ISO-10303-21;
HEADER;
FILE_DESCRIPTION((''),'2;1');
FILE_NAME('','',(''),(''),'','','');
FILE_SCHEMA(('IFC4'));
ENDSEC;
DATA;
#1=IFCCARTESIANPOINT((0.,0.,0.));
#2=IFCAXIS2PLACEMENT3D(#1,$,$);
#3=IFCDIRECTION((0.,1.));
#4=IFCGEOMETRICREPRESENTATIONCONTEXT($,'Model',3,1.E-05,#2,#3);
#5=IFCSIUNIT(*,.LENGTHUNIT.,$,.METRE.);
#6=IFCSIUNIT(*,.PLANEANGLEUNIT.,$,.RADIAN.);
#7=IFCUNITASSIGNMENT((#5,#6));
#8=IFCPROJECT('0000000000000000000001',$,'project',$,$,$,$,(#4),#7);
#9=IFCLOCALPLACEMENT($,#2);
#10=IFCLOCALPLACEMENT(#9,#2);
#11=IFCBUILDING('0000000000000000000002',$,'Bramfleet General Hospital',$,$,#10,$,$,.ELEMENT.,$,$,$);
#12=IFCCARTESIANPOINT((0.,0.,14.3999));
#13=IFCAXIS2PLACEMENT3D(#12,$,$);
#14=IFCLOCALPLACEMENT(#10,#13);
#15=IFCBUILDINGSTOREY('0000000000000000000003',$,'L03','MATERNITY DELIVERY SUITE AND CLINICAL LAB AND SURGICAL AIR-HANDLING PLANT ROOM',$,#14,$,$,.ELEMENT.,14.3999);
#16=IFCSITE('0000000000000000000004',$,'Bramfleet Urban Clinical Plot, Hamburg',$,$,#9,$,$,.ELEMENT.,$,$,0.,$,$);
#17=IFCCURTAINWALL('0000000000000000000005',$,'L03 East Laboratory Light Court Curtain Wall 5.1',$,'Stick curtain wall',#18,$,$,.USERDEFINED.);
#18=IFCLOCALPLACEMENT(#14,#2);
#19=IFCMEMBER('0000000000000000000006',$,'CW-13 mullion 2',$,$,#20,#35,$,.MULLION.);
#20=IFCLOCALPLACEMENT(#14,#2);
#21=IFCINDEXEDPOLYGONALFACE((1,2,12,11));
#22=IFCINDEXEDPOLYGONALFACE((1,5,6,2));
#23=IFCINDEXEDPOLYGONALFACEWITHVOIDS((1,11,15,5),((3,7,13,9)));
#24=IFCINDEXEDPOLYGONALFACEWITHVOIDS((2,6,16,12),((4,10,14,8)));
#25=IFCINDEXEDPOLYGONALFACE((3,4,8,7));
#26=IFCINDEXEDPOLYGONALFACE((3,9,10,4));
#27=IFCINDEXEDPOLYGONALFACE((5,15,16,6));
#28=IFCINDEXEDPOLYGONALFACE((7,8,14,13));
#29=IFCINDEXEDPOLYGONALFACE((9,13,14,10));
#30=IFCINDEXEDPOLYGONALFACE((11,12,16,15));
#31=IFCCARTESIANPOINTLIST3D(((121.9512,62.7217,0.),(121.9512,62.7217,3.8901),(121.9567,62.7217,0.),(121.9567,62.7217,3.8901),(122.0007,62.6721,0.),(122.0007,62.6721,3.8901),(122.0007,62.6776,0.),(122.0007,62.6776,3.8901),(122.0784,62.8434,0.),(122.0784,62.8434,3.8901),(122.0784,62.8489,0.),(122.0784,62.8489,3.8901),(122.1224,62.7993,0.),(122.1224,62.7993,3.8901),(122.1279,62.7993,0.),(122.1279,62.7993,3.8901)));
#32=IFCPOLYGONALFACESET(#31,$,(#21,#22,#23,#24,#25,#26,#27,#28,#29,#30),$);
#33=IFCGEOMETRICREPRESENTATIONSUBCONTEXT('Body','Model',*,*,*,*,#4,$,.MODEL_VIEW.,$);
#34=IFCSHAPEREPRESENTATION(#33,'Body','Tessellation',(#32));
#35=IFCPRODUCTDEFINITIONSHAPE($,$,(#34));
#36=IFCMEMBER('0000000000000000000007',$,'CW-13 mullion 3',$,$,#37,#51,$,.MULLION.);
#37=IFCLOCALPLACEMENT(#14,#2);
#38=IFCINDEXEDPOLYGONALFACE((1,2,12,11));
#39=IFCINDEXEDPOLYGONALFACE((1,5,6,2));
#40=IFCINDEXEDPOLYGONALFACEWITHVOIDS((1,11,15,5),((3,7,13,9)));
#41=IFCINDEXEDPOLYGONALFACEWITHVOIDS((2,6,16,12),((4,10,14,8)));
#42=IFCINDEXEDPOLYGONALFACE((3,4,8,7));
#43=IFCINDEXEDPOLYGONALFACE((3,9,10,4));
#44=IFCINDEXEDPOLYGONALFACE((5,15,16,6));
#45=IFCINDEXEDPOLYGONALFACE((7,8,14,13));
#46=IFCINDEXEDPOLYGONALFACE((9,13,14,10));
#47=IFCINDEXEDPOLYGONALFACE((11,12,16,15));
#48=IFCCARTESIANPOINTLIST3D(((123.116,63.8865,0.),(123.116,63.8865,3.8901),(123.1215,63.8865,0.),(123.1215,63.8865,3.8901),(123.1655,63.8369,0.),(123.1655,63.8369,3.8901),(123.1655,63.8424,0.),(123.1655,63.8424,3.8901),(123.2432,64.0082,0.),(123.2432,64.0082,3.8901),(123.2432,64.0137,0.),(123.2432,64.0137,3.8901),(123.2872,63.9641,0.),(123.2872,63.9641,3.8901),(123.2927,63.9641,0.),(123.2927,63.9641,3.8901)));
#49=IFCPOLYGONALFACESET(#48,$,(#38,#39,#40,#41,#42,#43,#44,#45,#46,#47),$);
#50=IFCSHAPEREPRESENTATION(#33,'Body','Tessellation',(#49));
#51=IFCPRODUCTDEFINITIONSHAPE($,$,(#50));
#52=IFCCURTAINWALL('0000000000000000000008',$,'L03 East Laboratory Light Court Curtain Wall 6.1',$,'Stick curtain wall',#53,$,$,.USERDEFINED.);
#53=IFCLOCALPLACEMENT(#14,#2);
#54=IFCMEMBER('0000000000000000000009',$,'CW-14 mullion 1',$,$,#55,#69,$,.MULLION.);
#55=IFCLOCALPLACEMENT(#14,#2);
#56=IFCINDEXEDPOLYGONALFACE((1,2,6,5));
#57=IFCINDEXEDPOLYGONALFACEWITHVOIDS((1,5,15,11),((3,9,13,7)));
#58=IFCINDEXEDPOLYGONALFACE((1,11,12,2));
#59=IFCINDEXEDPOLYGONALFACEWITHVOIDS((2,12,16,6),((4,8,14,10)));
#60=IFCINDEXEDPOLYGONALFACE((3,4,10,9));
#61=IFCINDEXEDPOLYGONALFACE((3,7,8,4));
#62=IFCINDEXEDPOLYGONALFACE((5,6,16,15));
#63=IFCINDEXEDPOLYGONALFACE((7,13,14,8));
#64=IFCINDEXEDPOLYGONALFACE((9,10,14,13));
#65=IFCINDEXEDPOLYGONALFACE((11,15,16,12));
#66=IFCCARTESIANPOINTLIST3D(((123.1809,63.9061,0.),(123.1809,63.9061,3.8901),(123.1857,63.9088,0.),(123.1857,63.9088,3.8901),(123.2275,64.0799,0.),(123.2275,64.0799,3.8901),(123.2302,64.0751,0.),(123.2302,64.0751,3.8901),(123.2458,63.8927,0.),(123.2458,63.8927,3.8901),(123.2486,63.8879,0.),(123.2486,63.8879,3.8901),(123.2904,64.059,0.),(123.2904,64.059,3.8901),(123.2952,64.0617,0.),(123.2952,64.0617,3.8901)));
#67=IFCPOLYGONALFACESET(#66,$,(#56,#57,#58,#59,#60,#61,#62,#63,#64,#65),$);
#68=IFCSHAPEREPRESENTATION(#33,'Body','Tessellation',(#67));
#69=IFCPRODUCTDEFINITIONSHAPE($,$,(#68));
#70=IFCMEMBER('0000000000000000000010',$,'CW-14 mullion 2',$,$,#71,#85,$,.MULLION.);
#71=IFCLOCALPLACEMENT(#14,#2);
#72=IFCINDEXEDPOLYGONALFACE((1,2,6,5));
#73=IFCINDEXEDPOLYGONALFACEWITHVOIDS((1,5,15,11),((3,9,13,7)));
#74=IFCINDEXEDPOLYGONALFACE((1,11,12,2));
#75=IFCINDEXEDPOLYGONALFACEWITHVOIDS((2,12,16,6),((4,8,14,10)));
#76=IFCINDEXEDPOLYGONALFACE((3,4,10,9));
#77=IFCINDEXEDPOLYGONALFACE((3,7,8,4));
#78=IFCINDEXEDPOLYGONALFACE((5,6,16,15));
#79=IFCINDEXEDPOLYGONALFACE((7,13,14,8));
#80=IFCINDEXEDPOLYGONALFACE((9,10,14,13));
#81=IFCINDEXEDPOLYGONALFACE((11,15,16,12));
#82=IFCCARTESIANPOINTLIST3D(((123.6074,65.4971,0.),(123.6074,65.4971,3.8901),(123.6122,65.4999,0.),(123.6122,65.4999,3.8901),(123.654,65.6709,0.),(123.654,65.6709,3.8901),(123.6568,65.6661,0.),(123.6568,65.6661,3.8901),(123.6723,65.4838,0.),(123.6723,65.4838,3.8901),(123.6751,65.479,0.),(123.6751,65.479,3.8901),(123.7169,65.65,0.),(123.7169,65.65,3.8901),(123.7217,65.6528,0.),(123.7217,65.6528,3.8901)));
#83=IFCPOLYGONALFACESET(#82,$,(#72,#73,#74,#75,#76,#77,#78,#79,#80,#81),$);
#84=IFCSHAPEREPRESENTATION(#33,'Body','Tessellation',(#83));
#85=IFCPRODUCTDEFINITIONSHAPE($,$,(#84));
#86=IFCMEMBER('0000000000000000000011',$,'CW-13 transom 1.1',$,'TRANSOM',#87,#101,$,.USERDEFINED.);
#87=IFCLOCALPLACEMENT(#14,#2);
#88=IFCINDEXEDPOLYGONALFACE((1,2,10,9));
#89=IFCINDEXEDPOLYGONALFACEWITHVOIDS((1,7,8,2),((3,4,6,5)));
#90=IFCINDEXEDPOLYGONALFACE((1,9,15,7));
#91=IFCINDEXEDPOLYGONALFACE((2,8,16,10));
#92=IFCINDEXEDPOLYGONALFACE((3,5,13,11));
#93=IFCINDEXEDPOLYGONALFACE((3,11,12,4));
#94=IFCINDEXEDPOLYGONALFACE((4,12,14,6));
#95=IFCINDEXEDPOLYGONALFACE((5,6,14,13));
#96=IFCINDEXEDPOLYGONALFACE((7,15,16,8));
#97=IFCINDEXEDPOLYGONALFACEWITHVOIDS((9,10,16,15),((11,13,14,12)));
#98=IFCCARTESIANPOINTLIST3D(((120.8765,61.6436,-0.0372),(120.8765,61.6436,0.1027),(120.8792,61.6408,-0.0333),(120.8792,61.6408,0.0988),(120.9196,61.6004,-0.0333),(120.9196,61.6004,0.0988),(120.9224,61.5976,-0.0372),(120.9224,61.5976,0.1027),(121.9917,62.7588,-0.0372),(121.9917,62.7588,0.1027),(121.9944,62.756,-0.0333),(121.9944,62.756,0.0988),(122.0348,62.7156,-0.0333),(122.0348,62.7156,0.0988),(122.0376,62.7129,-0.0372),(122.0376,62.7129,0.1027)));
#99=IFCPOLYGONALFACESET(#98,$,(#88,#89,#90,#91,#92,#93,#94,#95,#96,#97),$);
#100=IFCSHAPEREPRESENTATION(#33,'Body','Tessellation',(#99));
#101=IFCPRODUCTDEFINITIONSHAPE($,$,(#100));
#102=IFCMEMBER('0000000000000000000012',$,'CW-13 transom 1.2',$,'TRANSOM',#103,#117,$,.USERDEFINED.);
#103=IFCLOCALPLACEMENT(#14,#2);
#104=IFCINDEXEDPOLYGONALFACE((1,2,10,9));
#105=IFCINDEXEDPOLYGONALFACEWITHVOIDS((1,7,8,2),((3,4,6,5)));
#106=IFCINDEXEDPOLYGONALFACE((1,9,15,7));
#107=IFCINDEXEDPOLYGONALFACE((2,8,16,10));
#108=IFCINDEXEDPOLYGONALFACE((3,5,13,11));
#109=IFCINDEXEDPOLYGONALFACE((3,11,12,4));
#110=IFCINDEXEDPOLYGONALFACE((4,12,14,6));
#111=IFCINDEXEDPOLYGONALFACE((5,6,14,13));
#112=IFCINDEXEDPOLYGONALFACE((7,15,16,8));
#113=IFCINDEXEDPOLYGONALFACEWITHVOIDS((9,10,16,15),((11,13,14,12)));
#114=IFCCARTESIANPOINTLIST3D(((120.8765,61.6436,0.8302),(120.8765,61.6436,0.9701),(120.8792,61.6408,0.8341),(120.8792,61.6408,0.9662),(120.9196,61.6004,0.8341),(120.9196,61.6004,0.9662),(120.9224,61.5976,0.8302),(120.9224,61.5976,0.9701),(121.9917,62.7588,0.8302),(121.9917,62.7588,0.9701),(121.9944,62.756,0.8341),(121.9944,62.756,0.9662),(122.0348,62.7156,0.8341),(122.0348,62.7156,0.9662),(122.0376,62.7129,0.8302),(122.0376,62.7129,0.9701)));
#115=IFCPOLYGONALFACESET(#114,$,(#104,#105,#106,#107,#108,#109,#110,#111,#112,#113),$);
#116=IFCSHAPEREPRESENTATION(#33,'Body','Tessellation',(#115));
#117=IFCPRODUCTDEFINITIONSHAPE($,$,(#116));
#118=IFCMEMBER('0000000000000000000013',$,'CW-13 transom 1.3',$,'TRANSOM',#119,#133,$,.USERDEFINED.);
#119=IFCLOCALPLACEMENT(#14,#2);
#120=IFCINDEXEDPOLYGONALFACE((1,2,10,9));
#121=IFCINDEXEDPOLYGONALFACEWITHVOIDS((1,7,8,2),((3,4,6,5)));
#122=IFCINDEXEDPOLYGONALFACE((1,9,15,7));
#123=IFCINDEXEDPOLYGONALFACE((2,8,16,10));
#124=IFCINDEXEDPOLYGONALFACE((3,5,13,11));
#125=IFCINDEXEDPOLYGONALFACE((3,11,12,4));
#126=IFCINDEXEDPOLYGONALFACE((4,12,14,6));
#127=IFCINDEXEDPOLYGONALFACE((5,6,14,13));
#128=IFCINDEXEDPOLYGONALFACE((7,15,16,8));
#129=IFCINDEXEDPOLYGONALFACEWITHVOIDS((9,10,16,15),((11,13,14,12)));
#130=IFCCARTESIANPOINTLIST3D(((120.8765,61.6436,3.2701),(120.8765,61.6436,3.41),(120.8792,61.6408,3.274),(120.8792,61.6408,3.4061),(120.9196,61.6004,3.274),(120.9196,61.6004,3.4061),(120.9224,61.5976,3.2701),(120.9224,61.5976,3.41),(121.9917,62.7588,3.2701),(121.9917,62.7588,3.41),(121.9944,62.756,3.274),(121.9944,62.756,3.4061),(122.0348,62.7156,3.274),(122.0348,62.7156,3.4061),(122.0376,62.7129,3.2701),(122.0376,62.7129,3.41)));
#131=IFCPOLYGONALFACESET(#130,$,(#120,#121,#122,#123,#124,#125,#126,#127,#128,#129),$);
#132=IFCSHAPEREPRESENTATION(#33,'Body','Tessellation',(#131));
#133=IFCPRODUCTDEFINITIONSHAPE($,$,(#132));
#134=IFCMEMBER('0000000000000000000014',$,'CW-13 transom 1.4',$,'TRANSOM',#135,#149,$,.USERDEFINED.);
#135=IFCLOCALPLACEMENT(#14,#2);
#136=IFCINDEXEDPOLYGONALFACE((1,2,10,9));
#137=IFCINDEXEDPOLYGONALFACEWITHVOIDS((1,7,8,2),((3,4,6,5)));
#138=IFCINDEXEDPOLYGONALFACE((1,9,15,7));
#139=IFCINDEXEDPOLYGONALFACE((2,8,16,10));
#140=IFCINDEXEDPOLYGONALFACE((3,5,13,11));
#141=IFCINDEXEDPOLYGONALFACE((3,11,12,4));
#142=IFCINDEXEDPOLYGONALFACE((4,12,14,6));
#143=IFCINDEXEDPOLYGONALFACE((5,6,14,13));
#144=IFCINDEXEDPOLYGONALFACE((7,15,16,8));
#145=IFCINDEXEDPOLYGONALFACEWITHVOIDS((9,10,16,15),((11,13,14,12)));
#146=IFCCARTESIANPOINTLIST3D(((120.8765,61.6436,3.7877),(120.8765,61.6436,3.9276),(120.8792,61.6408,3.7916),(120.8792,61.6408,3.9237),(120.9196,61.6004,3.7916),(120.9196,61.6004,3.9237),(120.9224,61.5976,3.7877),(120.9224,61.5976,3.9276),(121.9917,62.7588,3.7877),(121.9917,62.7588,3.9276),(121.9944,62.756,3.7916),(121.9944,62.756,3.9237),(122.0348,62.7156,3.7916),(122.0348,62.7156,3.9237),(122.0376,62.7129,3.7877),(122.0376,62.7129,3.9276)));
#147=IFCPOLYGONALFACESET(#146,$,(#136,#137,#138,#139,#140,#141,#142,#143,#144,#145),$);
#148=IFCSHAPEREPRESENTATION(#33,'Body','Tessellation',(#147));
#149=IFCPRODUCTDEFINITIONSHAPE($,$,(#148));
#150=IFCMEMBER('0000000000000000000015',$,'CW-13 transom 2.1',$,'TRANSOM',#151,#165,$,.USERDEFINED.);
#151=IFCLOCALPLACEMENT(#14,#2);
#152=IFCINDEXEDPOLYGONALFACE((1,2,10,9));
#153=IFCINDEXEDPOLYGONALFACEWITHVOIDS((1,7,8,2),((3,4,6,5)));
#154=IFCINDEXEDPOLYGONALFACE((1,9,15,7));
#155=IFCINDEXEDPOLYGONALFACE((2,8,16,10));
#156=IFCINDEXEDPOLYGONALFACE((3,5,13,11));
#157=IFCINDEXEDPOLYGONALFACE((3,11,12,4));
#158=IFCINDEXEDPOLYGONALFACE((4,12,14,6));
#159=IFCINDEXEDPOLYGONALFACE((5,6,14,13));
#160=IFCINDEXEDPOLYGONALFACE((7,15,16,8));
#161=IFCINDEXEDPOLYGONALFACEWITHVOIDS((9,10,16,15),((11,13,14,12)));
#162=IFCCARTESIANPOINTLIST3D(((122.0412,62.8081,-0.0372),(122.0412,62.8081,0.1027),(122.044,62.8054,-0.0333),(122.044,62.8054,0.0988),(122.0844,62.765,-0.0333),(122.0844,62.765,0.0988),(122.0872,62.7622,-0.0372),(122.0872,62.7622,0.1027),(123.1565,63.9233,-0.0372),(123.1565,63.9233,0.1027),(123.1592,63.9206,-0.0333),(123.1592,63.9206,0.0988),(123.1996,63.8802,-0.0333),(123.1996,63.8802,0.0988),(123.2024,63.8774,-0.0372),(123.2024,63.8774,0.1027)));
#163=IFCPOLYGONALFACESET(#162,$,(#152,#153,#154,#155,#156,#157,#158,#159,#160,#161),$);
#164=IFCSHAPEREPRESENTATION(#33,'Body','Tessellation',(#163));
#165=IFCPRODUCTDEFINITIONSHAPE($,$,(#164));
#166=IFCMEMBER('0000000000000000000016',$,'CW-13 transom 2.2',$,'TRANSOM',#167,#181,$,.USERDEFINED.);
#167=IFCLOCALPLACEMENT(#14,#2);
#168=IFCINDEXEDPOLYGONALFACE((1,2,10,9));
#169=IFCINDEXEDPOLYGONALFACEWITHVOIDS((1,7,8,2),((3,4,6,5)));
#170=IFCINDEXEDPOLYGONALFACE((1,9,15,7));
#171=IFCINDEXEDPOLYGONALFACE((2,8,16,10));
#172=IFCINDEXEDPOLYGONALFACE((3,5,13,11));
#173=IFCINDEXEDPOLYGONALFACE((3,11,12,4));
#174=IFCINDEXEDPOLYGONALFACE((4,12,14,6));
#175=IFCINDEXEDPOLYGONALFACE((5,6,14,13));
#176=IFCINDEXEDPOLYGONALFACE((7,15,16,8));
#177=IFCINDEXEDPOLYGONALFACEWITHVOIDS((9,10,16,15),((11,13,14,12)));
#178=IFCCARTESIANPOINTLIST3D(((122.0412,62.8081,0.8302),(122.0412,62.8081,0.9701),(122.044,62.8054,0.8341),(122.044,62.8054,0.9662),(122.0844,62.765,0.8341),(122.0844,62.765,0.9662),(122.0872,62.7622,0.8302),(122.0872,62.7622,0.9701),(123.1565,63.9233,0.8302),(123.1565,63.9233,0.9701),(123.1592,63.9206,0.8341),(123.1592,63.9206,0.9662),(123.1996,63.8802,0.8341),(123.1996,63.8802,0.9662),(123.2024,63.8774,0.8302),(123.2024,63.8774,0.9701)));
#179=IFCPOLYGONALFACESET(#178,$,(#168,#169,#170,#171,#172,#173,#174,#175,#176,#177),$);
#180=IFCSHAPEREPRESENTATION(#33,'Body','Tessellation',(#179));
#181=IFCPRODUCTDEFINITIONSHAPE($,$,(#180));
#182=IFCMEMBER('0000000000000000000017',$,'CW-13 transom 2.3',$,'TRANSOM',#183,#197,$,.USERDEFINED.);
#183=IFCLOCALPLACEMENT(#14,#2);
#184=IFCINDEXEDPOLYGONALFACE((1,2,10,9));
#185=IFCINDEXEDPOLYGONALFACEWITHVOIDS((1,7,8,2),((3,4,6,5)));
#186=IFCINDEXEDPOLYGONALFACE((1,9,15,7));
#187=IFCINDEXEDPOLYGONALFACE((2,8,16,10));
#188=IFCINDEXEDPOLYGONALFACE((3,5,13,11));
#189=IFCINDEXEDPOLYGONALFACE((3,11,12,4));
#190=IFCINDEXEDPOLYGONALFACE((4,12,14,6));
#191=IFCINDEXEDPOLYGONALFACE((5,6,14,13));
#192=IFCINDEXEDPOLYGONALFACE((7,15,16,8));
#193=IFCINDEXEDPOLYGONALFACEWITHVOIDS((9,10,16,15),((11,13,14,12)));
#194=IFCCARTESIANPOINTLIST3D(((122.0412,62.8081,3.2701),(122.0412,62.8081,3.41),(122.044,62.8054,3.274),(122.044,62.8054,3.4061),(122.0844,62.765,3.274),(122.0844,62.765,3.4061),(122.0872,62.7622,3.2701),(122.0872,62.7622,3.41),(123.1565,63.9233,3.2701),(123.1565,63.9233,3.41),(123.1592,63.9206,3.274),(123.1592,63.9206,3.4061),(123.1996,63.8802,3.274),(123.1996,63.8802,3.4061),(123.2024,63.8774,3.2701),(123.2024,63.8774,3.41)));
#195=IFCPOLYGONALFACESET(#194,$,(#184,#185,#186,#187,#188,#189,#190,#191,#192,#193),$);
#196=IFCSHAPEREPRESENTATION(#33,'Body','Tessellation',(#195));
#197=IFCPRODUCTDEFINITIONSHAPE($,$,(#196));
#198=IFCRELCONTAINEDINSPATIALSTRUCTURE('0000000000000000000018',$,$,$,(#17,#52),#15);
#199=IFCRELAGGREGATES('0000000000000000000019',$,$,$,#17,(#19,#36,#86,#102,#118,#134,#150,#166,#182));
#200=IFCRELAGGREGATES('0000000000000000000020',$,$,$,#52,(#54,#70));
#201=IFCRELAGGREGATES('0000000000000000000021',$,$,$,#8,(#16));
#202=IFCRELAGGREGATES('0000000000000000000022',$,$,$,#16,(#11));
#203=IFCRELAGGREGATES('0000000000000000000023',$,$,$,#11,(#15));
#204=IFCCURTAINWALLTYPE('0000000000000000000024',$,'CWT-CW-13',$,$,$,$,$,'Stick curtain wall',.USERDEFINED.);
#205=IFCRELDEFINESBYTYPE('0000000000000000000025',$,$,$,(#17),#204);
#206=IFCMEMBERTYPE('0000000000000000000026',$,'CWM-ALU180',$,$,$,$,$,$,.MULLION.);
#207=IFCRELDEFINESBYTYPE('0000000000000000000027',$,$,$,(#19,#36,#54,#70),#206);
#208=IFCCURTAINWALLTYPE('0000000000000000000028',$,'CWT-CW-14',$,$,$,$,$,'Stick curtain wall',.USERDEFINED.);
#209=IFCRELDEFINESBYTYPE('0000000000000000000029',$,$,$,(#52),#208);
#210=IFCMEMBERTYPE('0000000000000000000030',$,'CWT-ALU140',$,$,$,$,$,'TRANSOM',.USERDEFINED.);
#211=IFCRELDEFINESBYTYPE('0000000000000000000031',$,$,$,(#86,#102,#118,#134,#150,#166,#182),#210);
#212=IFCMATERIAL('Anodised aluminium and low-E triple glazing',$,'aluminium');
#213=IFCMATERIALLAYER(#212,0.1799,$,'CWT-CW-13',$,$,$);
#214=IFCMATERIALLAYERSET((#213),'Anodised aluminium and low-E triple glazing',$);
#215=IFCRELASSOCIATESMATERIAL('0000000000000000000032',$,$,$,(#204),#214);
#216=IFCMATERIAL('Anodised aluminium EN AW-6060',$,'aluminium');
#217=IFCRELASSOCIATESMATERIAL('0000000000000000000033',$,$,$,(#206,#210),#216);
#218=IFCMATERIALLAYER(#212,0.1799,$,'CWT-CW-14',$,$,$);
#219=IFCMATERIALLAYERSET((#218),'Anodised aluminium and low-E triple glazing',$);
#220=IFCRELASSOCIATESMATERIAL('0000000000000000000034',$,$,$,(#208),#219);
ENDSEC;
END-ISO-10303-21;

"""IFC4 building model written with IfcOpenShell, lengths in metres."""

from ifc_helpers import new_model, si_unit, direction, frame, origin, origin_2d, place, context, subcontext, project, spatial, hollow_rectangle, extrude, material, layer, layer_set, material_profile, profile_set, type_object, element, aggregate, save


model = new_model("IFC4")

# Units and contexts
model_context = context("Model", 3, precision=1e-05, world=origin(), true_north=direction((0.0, 1.0)))
body_context = subcontext(model_context, "Body", "Model", "MODEL_VIEW")
ifc_project = project(units=[si_unit("LENGTHUNIT", "METRE"), si_unit("PLANEANGLEUNIT", "RADIAN")], contexts=[model_context])

# Site, building, storey
site_placement = place(None, origin())
site = spatial("IfcSite", under=ifc_project, at=site_placement, Name="Bramfleet Urban Clinical Plot, Hamburg", CompositionType="ELEMENT", RefElevation=0.0)
building_placement = place(site_placement, origin())
building = spatial("IfcBuilding", under=site, at=building_placement, Name="Bramfleet General Hospital", CompositionType="ELEMENT")
storey_placement = place(building_placement, frame((0.0, 0.0, 14.3999)))
storey = spatial("IfcBuildingStorey", under=building, at=storey_placement, Name="L03", Description="MATERNITY DELIVERY SUITE AND CLINICAL LAB AND SURGICAL AIR-HANDLING PLANT ROOM", CompositionType="ELEMENT", Elevation=14.3999)

# Curtain walls, members
ifc_material_1 = material(Name="Anodised aluminium and low-E triple glazing", Category="aluminium")
ifc_layer_1 = layer(ifc_material_1, 0.1799, Name="CWT-CW-13")
ifc_layer_set_1 = layer_set([ifc_layer_1], Name="Anodised aluminium and low-E triple glazing")
curtain_wall_type_1 = type_object("IfcCurtainWallType", Name="CWT-CW-13", ElementType="Stick curtain wall", PredefinedType="USERDEFINED", material=ifc_layer_set_1)
curtain_wall_1_placement = place(storey_placement, origin())
curtain_wall_1 = element("IfcCurtainWall", 1, at=curtain_wall_1_placement, inside=storey, type_object=curtain_wall_type_1, Name="L03 East Laboratory Light Court Curtain Wall 5.1", ObjectType="Stick curtain wall", PredefinedType="USERDEFINED")
ifc_material_2 = material(Name="Anodised aluminium EN AW-6060", Category="aluminium")
ifc_material_profile_1 = material_profile(ifc_material_2, hollow_rectangle(XDim=0.0701, YDim=0.1799, WallThickness=0.0039, at=origin_2d()), Name="ALU 180x70x4.0")
ifc_profile_set_1 = profile_set([ifc_material_profile_1], Name="Anodised aluminium EN AW-6060")
member_type_1 = type_object("IfcMemberType", Name="CWM-ALU180", PredefinedType="MULLION", material=ifc_profile_set_1)
member_1_placement = place(storey_placement, frame((122.0396, 62.7605, 0.0), z_axis=(0.0, 0.0, 1.0), x_axis=(-0.707107, 0.707107, 0.0)))
member_1 = element("IfcMember", 2, at=member_1_placement, type_object=member_type_1, Name="CW-13 mullion 2", PredefinedType="MULLION", context=body_context, shape_type="SweptSolid", body=[
    extrude(hollow_rectangle(XDim=0.0701, YDim=0.1799, WallThickness=0.0039, at=origin_2d()), origin(), (0.0, 0.0, 1.0), 3.8901),
])
member_2_placement = place(storey_placement, frame((123.2043, 63.9253, 0.0), z_axis=(0.0, 0.0, 1.0), x_axis=(-0.707107, 0.707107, 0.0)))
member_2 = element("IfcMember", 3, at=member_2_placement, type_object=member_type_1, Name="CW-13 mullion 3", PredefinedType="MULLION", context=body_context, shape_type="SweptSolid", body=[
    extrude(hollow_rectangle(XDim=0.0701, YDim=0.1799, WallThickness=0.0039, at=origin_2d()), origin(), (0.0, 0.0, 1.0), 3.8901),
])
ifc_layer_2 = layer(ifc_material_1, 0.1799, Name="CWT-CW-14")
ifc_layer_set_2 = layer_set([ifc_layer_2], Name="Anodised aluminium and low-E triple glazing")
curtain_wall_type_2 = type_object("IfcCurtainWallType", Name="CWT-CW-14", ElementType="Stick curtain wall", PredefinedType="USERDEFINED", material=ifc_layer_set_2)
curtain_wall_2_placement = place(storey_placement, origin())
curtain_wall_2 = element("IfcCurtainWall", 4, at=curtain_wall_2_placement, inside=storey, type_object=curtain_wall_type_2, Name="L03 East Laboratory Light Court Curtain Wall 6.1", ObjectType="Stick curtain wall", PredefinedType="USERDEFINED")
member_3_placement = place(storey_placement, frame((123.238, 63.9839, 0.0), z_axis=(0.0, 0.0, 1.0), x_axis=(-0.965914, 0.258865, 0.0)))
member_3 = element("IfcMember", 5, at=member_3_placement, type_object=member_type_1, Name="CW-14 mullion 1", PredefinedType="MULLION", context=body_context, shape_type="SweptSolid", body=[
    extrude(hollow_rectangle(XDim=0.0701, YDim=0.1799, WallThickness=0.0039, at=origin_2d()), origin(), (0.0, 0.0, 1.0), 3.8901),
])
member_4_placement = place(storey_placement, frame((123.6646, 65.575, 0.0), z_axis=(0.0, 0.0, 1.0), x_axis=(-0.965914, 0.258865, 0.0)))
member_4 = element("IfcMember", 6, at=member_4_placement, type_object=member_type_1, Name="CW-14 mullion 2", PredefinedType="MULLION", context=body_context, shape_type="SweptSolid", body=[
    extrude(hollow_rectangle(XDim=0.0701, YDim=0.1799, WallThickness=0.0039, at=origin_2d()), origin(), (0.0, 0.0, 1.0), 3.8901),
])

# Members
ifc_material_profile_2 = material_profile(ifc_material_2, hollow_rectangle(XDim=0.0649, YDim=0.1399, WallThickness=0.0039, at=origin_2d()), Name="ALU 140x65x4.0")
ifc_profile_set_2 = profile_set([ifc_material_profile_2], Name="Anodised aluminium EN AW-6060")
member_type_2 = type_object("IfcMemberType", Name="CWT-ALU140", ElementType="TRANSOM", PredefinedType="USERDEFINED", material=ifc_profile_set_2)
member_5_placement = place(storey_placement, frame((120.8994, 61.6206, 0.0327), z_axis=(0.707107, 0.707107, 0.0), x_axis=(-0.707107, 0.707107, 0.0)))
member_5 = element("IfcMember", 7, at=member_5_placement, type_object=member_type_2, Name="CW-13 transom 1.1", ObjectType="TRANSOM", PredefinedType="USERDEFINED", context=body_context, shape_type="SweptSolid", body=[
    extrude(hollow_rectangle(XDim=0.0649, YDim=0.1399, WallThickness=0.0039, at=origin_2d()), origin(), (0.0, 0.0, 1.0), 1.5771),
])
member_6_placement = place(storey_placement, frame((120.8994, 61.6206, 0.9001), z_axis=(0.707107, 0.707107, 0.0), x_axis=(-0.707107, 0.707107, 0.0)))
member_6 = element("IfcMember", 8, at=member_6_placement, type_object=member_type_2, Name="CW-13 transom 1.2", ObjectType="TRANSOM", PredefinedType="USERDEFINED", context=body_context, shape_type="SweptSolid", body=[
    extrude(hollow_rectangle(XDim=0.0649, YDim=0.1399, WallThickness=0.0039, at=origin_2d()), origin(), (0.0, 0.0, 1.0), 1.5771),
])
member_7_placement = place(storey_placement, frame((120.8994, 61.6206, 3.3401), z_axis=(0.707107, 0.707107, 0.0), x_axis=(-0.707107, 0.707107, 0.0)))
member_7 = element("IfcMember", 9, at=member_7_placement, type_object=member_type_2, Name="CW-13 transom 1.3", ObjectType="TRANSOM", PredefinedType="USERDEFINED", context=body_context, shape_type="SweptSolid", body=[
    extrude(hollow_rectangle(XDim=0.0649, YDim=0.1399, WallThickness=0.0039, at=origin_2d()), origin(), (0.0, 0.0, 1.0), 1.5771),
])
member_8_placement = place(storey_placement, frame((120.8994, 61.6206, 3.8577), z_axis=(0.707107, 0.707107, 0.0), x_axis=(-0.707107, 0.707107, 0.0)))
member_8 = element("IfcMember", 10, at=member_8_placement, type_object=member_type_2, Name="CW-13 transom 1.4", ObjectType="TRANSOM", PredefinedType="USERDEFINED", context=body_context, shape_type="SweptSolid", body=[
    extrude(hollow_rectangle(XDim=0.0649, YDim=0.1399, WallThickness=0.0039, at=origin_2d()), origin(), (0.0, 0.0, 1.0), 1.5771),
])
member_9_placement = place(storey_placement, frame((122.0642, 62.7852, 0.0327), z_axis=(0.707107, 0.707107, 0.0), x_axis=(-0.707107, 0.707107, 0.0)))
member_9 = element("IfcMember", 11, at=member_9_placement, type_object=member_type_2, Name="CW-13 transom 2.1", ObjectType="TRANSOM", PredefinedType="USERDEFINED", context=body_context, shape_type="SweptSolid", body=[
    extrude(hollow_rectangle(XDim=0.0649, YDim=0.1399, WallThickness=0.0039, at=origin_2d()), origin(), (0.0, 0.0, 1.0), 1.5771),
])
member_10_placement = place(storey_placement, frame((122.0642, 62.7852, 0.9001), z_axis=(0.707107, 0.707107, 0.0), x_axis=(-0.707107, 0.707107, 0.0)))
member_10 = element("IfcMember", 12, at=member_10_placement, type_object=member_type_2, Name="CW-13 transom 2.2", ObjectType="TRANSOM", PredefinedType="USERDEFINED", context=body_context, shape_type="SweptSolid", body=[
    extrude(hollow_rectangle(XDim=0.0649, YDim=0.1399, WallThickness=0.0039, at=origin_2d()), origin(), (0.0, 0.0, 1.0), 1.5771),
])
member_11_placement = place(storey_placement, frame((122.0642, 62.7852, 3.3401), z_axis=(0.707107, 0.707107, 0.0), x_axis=(-0.707107, 0.707107, 0.0)))
member_11 = element("IfcMember", 13, at=member_11_placement, type_object=member_type_2, Name="CW-13 transom 2.3", ObjectType="TRANSOM", PredefinedType="USERDEFINED", context=body_context, shape_type="SweptSolid", body=[
    extrude(hollow_rectangle(XDim=0.0649, YDim=0.1399, WallThickness=0.0039, at=origin_2d()), origin(), (0.0, 0.0, 1.0), 1.5771),
])

aggregate(curtain_wall_1, [member_1, member_2, member_5, member_6, member_7, member_8, member_9, member_10, member_11])
aggregate(curtain_wall_2, [member_3, member_4])

save(model, "model.ifc")
